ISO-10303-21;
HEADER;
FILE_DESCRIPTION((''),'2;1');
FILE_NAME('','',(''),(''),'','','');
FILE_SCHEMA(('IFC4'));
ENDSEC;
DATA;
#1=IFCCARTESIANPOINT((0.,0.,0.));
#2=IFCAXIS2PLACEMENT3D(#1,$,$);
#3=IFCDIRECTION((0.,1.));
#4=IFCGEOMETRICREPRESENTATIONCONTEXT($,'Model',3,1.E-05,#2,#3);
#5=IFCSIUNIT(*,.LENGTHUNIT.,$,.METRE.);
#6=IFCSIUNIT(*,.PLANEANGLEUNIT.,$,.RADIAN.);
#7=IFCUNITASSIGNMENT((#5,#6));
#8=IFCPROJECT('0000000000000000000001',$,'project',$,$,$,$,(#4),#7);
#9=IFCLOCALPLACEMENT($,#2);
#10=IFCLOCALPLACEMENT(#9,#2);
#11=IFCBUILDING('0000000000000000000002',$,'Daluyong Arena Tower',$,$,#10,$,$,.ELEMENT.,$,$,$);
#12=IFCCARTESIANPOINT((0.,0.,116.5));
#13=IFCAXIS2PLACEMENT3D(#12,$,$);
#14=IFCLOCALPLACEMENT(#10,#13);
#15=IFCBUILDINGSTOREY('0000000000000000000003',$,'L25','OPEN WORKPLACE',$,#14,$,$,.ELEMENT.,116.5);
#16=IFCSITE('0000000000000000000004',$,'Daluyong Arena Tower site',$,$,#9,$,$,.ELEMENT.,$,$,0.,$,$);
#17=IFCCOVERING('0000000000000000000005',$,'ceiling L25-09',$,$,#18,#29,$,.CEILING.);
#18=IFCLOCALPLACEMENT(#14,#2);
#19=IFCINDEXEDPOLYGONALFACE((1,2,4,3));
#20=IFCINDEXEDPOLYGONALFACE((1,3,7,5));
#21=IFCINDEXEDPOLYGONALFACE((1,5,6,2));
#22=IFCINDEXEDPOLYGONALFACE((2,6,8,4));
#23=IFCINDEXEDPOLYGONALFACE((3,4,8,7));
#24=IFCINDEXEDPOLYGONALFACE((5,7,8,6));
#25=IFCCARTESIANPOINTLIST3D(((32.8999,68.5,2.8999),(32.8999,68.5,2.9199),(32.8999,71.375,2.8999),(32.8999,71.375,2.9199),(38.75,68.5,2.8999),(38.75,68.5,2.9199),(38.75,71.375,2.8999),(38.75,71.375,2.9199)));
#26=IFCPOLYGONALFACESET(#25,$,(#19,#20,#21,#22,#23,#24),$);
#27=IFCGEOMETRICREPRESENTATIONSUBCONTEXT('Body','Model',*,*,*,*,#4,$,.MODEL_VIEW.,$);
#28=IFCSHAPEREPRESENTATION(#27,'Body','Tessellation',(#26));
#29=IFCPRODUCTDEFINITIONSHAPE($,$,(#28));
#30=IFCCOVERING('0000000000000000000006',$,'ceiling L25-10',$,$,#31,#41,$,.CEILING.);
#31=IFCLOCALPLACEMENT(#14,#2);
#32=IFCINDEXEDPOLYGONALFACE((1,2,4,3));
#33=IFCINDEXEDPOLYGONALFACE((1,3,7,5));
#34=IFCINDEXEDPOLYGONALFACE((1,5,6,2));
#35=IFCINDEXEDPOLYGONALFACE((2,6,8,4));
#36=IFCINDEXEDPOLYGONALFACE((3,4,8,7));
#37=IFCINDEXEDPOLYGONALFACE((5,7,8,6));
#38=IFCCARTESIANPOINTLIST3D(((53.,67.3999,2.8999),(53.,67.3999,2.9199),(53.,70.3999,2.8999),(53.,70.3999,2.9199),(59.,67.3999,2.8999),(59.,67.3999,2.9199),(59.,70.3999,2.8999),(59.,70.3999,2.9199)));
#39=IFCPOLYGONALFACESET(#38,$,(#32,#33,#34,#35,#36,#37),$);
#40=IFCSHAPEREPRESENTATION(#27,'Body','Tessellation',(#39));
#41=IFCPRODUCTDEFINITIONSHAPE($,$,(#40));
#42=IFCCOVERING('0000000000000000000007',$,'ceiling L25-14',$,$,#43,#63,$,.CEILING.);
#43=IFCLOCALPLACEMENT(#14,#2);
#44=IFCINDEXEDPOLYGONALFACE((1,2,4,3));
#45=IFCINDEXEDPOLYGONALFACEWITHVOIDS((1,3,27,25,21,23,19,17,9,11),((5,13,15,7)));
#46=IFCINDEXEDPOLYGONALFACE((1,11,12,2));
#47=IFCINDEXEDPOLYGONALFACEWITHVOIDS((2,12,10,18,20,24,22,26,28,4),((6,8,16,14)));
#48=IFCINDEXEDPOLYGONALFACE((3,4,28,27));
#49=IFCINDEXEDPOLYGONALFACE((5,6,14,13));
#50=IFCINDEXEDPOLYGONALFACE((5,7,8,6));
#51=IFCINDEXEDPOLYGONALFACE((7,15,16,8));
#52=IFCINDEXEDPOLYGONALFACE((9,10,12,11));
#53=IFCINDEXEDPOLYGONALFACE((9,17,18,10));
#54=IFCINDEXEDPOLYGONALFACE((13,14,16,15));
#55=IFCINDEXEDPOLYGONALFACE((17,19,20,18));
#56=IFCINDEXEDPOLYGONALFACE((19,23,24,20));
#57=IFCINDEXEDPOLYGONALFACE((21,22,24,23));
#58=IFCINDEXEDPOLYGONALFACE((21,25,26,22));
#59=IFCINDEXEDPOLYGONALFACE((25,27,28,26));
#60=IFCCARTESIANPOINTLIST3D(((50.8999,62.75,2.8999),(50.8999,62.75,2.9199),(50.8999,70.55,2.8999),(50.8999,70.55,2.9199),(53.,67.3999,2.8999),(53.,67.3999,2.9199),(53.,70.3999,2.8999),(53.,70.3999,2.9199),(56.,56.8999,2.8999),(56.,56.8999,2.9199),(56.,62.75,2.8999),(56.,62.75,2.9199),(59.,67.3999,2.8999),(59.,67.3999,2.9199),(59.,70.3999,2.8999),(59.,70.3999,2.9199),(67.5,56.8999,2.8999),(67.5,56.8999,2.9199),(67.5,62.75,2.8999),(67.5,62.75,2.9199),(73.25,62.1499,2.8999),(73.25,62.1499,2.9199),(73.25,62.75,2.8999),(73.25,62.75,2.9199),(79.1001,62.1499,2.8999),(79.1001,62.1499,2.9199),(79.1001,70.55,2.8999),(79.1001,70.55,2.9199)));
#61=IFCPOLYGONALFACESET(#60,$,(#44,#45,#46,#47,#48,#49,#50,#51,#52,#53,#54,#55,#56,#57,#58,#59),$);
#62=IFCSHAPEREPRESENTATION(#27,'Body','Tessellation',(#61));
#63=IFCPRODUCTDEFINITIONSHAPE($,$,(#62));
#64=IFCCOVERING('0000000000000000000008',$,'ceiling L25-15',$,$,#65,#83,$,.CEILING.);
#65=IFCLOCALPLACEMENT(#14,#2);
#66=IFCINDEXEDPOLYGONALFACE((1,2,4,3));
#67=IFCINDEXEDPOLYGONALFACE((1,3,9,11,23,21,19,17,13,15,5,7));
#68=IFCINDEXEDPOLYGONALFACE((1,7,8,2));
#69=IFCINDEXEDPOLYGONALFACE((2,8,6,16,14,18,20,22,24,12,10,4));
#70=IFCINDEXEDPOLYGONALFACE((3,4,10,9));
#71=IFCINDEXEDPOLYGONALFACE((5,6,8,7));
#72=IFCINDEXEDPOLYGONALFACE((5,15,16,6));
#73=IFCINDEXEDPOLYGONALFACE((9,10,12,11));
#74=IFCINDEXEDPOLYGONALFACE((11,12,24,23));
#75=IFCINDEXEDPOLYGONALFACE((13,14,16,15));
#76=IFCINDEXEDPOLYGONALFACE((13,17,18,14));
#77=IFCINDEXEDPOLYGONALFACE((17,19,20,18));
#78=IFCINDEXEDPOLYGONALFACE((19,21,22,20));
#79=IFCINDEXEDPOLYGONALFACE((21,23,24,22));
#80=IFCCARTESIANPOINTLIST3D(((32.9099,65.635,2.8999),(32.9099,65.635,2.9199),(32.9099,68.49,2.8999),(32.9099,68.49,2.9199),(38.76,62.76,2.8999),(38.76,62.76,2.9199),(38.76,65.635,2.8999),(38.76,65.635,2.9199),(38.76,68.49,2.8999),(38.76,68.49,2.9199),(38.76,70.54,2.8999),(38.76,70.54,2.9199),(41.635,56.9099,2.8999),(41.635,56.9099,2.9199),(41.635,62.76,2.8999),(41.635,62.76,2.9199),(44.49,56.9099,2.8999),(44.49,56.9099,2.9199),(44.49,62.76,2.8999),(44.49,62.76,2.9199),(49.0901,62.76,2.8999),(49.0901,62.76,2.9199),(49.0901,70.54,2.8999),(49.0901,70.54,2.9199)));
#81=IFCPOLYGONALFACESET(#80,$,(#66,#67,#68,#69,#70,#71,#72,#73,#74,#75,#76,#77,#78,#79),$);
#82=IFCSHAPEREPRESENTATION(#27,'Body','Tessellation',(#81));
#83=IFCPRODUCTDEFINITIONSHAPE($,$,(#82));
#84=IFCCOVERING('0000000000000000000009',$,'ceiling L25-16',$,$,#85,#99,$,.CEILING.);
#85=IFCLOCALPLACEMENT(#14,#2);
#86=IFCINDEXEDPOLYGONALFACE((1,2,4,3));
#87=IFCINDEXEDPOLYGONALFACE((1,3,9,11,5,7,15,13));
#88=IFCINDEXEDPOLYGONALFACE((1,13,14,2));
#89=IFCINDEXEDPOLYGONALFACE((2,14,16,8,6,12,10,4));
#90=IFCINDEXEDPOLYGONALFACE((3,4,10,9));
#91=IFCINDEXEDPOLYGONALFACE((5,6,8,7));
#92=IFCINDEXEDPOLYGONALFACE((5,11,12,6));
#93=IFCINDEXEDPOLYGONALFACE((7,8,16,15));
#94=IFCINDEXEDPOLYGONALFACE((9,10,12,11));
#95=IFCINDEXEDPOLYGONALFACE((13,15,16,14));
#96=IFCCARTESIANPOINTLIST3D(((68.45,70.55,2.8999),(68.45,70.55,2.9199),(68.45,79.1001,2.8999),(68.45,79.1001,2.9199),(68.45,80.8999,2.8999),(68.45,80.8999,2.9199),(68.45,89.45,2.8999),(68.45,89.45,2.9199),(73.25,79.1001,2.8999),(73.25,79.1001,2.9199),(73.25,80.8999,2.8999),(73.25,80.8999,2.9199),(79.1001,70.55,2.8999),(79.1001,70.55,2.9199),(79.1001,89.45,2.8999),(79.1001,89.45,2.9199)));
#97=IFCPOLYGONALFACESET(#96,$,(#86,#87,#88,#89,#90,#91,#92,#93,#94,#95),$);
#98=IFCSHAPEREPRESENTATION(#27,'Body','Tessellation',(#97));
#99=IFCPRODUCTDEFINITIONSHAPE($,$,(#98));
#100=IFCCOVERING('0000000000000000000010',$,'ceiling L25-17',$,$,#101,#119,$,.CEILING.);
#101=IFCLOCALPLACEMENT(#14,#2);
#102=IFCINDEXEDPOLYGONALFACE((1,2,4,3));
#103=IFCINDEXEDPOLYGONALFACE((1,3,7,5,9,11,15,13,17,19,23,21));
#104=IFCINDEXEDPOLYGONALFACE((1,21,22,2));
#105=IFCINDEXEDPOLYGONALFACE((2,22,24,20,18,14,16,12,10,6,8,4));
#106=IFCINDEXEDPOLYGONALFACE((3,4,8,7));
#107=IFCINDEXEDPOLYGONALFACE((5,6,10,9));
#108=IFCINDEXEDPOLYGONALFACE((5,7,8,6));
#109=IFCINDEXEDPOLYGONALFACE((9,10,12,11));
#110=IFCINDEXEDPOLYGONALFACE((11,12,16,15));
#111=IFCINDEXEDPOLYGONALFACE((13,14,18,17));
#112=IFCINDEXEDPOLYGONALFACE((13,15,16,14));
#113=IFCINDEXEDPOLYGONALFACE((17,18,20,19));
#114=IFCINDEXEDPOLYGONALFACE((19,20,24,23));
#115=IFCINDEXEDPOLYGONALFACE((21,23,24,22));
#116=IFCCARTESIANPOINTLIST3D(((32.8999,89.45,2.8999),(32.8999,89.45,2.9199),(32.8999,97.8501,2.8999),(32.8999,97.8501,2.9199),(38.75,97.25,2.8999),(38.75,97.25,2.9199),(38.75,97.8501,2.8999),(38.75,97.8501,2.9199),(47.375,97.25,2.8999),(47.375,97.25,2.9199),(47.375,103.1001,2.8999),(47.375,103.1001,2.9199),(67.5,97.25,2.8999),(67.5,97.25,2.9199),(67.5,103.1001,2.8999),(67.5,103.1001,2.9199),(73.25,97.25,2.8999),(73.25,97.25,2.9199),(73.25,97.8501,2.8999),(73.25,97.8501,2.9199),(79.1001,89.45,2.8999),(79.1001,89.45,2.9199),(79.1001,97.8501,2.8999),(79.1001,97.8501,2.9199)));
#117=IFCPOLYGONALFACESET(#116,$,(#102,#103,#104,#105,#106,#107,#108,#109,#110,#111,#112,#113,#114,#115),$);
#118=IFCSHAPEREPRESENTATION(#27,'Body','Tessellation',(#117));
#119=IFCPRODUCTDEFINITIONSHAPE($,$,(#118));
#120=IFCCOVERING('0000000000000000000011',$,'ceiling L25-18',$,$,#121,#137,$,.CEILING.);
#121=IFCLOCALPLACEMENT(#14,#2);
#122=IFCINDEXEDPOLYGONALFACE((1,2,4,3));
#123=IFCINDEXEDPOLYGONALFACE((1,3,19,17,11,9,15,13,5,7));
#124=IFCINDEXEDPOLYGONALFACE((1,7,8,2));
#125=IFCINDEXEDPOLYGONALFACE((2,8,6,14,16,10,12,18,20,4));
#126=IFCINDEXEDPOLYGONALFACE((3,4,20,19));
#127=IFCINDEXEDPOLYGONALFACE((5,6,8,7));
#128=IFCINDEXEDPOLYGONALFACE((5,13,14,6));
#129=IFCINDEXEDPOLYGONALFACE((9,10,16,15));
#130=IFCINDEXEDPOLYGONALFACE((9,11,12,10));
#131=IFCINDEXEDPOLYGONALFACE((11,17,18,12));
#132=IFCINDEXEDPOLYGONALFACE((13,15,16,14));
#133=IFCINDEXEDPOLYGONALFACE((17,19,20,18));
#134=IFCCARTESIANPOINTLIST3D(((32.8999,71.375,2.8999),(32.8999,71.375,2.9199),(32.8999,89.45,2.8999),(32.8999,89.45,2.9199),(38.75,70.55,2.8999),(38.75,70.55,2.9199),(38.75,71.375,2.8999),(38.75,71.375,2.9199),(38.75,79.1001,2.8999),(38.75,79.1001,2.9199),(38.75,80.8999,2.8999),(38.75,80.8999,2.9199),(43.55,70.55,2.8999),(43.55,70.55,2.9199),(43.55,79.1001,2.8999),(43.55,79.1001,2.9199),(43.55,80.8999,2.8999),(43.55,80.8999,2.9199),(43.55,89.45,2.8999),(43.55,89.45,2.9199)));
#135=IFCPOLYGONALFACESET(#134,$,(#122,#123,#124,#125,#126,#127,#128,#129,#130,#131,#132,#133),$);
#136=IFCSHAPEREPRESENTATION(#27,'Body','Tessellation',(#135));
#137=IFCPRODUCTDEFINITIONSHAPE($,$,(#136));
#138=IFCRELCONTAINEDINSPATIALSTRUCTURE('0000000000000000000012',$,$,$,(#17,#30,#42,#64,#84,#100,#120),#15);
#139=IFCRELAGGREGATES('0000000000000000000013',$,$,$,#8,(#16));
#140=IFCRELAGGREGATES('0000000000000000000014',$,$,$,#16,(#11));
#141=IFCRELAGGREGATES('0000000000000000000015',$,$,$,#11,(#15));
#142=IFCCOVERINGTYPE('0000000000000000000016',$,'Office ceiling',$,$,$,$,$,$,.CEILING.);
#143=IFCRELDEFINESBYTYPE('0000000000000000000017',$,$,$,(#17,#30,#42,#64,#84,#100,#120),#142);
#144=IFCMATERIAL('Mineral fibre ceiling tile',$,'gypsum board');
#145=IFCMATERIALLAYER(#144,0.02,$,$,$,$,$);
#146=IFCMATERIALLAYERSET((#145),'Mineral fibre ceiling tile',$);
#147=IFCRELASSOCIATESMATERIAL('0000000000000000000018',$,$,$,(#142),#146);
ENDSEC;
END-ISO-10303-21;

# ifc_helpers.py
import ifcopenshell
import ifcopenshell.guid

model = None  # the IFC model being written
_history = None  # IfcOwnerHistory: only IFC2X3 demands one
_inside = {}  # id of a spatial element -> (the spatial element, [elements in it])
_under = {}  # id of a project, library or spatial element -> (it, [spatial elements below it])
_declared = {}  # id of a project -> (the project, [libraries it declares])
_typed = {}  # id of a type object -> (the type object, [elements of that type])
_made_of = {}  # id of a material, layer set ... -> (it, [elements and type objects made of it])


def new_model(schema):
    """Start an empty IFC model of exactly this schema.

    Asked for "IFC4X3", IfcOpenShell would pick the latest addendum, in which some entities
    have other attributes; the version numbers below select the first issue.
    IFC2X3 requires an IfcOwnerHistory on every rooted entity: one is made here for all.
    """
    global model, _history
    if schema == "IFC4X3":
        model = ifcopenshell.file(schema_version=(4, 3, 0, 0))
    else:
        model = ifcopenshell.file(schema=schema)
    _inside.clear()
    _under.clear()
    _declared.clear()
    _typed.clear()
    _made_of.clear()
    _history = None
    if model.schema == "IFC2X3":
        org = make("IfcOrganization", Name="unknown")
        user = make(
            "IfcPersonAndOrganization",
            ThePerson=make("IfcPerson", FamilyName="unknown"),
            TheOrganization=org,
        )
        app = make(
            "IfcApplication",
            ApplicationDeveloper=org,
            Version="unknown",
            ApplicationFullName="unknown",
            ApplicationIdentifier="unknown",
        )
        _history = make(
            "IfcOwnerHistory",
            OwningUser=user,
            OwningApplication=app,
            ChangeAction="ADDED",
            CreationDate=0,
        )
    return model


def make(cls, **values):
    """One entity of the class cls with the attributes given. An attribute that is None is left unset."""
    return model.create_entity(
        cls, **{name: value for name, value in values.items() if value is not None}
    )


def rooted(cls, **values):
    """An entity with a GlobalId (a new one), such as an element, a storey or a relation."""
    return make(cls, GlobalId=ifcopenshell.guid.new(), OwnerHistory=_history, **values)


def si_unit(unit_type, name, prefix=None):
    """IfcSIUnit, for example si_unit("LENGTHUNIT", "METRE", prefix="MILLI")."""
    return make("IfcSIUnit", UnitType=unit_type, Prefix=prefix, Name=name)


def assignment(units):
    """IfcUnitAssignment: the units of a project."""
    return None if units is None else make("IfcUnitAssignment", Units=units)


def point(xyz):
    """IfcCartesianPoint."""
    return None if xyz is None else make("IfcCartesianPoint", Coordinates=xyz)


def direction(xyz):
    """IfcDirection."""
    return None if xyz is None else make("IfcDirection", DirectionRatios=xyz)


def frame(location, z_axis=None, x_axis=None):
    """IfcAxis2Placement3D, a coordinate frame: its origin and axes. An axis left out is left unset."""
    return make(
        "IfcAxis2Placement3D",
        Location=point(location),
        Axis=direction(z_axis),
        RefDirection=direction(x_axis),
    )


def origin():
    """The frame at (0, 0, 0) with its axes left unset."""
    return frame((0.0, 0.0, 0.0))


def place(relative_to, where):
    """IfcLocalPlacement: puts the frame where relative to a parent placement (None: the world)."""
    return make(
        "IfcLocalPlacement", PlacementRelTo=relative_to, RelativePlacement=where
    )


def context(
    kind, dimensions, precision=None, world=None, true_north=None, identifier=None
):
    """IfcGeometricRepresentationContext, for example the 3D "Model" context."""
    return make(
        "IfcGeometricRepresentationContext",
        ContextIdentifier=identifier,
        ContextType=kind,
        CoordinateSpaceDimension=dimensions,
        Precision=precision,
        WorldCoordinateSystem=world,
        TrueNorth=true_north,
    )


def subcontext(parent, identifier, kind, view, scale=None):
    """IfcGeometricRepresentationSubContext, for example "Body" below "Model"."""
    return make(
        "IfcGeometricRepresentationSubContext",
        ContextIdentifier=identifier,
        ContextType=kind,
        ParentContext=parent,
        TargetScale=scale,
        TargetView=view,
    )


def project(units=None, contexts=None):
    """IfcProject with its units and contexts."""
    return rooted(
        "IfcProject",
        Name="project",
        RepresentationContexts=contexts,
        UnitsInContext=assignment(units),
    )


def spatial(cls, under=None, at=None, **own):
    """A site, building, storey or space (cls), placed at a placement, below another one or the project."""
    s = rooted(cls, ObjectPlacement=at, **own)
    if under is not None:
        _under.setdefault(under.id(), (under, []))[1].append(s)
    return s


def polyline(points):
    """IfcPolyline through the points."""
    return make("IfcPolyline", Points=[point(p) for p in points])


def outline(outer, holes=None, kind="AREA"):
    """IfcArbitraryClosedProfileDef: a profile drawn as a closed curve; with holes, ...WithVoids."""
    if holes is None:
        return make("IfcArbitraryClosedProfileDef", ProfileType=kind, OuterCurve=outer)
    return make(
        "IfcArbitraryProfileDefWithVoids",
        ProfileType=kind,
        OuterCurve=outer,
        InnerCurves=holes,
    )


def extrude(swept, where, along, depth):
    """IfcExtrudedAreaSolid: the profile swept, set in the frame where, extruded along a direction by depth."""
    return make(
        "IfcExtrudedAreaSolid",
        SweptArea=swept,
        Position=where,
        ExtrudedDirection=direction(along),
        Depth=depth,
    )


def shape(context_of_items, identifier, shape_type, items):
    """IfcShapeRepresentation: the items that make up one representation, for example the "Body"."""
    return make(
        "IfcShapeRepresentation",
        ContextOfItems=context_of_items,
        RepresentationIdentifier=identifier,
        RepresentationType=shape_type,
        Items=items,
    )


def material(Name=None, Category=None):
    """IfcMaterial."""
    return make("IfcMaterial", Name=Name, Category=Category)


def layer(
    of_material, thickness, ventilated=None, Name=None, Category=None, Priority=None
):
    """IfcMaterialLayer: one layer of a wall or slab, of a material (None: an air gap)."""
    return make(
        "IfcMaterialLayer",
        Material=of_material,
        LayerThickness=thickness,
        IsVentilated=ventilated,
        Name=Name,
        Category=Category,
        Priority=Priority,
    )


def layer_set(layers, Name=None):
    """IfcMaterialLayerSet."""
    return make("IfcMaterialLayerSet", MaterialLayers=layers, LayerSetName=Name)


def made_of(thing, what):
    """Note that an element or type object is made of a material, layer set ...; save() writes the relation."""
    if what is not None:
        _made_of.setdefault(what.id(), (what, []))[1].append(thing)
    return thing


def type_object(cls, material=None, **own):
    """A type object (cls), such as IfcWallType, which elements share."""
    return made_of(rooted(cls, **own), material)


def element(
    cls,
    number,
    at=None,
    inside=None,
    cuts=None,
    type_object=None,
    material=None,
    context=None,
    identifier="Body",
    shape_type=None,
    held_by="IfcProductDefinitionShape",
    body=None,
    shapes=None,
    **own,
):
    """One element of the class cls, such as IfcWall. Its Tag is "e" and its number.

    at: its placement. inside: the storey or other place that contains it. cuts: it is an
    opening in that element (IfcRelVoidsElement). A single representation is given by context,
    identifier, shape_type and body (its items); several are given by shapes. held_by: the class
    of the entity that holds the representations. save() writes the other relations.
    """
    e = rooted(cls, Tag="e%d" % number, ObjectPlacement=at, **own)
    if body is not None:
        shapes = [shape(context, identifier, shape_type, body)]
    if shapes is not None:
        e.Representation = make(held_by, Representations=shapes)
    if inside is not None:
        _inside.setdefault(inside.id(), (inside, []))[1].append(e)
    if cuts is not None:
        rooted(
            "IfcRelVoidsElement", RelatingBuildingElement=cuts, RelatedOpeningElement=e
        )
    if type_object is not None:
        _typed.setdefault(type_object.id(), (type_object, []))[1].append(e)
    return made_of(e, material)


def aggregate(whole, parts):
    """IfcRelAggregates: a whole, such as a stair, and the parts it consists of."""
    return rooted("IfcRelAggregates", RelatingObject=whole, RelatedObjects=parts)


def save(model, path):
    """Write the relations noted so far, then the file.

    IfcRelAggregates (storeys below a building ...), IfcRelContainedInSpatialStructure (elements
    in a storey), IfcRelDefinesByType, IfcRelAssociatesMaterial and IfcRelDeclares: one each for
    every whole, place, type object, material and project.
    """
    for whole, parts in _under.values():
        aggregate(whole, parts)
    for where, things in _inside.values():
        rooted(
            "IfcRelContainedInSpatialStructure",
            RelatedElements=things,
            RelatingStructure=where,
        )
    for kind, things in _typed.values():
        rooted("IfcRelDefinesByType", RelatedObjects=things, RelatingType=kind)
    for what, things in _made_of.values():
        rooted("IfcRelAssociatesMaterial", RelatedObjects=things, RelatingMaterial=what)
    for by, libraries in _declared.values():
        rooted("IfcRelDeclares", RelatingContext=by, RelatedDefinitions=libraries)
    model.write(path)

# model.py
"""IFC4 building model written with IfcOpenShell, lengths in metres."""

from ifc_helpers import new_model, si_unit, direction, frame, origin, place, context, subcontext, project, spatial, polyline, outline, extrude, material, layer, layer_set, type_object, element, save


model = new_model("IFC4")

# Units and contexts
model_context = context("Model", 3, precision=1e-05, world=origin(), true_north=direction((0.0, 1.0)))
body_context = subcontext(model_context, "Body", "Model", "MODEL_VIEW")
ifc_project = project(units=[si_unit("LENGTHUNIT", "METRE"), si_unit("PLANEANGLEUNIT", "RADIAN")], contexts=[model_context])

# Site, building, storey
site_placement = place(None, origin())
site = spatial("IfcSite", under=ifc_project, at=site_placement, Name="Daluyong Arena Tower site", CompositionType="ELEMENT", RefElevation=0.0)
building_placement = place(site_placement, origin())
building = spatial("IfcBuilding", under=site, at=building_placement, Name="Daluyong Arena Tower", CompositionType="ELEMENT")
storey_placement = place(building_placement, frame((0.0, 0.0, 116.5)))
storey = spatial("IfcBuildingStorey", under=building, at=storey_placement, Name="L25", Description="OPEN WORKPLACE", CompositionType="ELEMENT", Elevation=116.5)

# Coverings
ifc_material_1 = material(Name="Mineral fibre ceiling tile", Category="gypsum board")
ifc_layer_1 = layer(ifc_material_1, 0.02)
ifc_layer_set_1 = layer_set([ifc_layer_1], Name="Mineral fibre ceiling tile")
covering_type = type_object("IfcCoveringType", Name="Office ceiling", PredefinedType="CEILING", material=ifc_layer_set_1)
covering_1_placement = place(storey_placement, frame((0.0, 0.0, 2.8999)))
element("IfcCovering", 1, at=covering_1_placement, inside=storey, type_object=covering_type, Name="ceiling L25-09", PredefinedType="CEILING", context=body_context, shape_type="SweptSolid", body=[
    extrude(outline(polyline([(38.75, 71.375), (32.8999, 71.375), (32.8999, 68.5), (38.75, 68.5), (38.75, 71.375)])), origin(), (0.0, 0.0, 1.0), 0.02),
])
covering_2_placement = place(storey_placement, frame((0.0, 0.0, 2.8999)))
element("IfcCovering", 2, at=covering_2_placement, inside=storey, type_object=covering_type, Name="ceiling L25-10", PredefinedType="CEILING", context=body_context, shape_type="SweptSolid", body=[
    extrude(outline(polyline([(53.0, 67.3999), (59.0, 67.3999), (59.0, 70.3999), (53.0, 70.3999), (53.0, 67.3999)])), origin(), (0.0, 0.0, 1.0), 0.02),
])
covering_3_placement = place(storey_placement, frame((0.0, 0.0, 2.8999)))
element("IfcCovering", 3, at=covering_3_placement, inside=storey, type_object=covering_type, Name="ceiling L25-14", PredefinedType="CEILING", context=body_context, shape_type="SweptSolid", body=[
    extrude(outline(polyline([(79.1001, 62.1499), (79.1001, 70.55), (50.8999, 70.55), (50.8999, 62.75), (56.0, 62.75), (56.0, 56.8999), (67.5, 56.8999), (67.5, 62.75), (73.25, 62.75), (73.25, 62.1499), (79.1001, 62.1499)]), holes=[polyline([(59.0, 70.3999), (59.0, 67.3999), (53.0, 67.3999), (53.0, 70.3999), (59.0, 70.3999)])]), origin(), (0.0, 0.0, 1.0), 0.02),
])
covering_4_placement = place(storey_placement, frame((0.0, 0.0, 2.8999)))
element("IfcCovering", 4, at=covering_4_placement, inside=storey, type_object=covering_type, Name="ceiling L25-15", PredefinedType="CEILING", context=body_context, shape_type="SweptSolid", body=[
    extrude(outline(polyline([(38.76, 62.76), (41.635, 62.76), (41.635, 56.9099), (44.49, 56.9099), (44.49, 62.76), (49.0901, 62.76), (49.0901, 70.54), (38.76, 70.54), (38.76, 68.49), (32.9099, 68.49), (32.9099, 65.635), (38.76, 65.635), (38.76, 62.76)])), origin(), (0.0, 0.0, 1.0), 0.02),
])
covering_5_placement = place(storey_placement, frame((0.0, 0.0, 2.8999)))
element("IfcCovering", 5, at=covering_5_placement, inside=storey, type_object=covering_type, Name="ceiling L25-16", PredefinedType="CEILING", context=body_context, shape_type="SweptSolid", body=[
    extrude(outline(polyline([(79.1001, 70.55), (79.1001, 89.45), (68.45, 89.45), (68.45, 80.8999), (73.25, 80.8999), (73.25, 79.1001), (68.45, 79.1001), (68.45, 70.55), (79.1001, 70.55)])), origin(), (0.0, 0.0, 1.0), 0.02),
])
covering_6_placement = place(storey_placement, frame((0.0, 0.0, 2.8999)))
element("IfcCovering", 6, at=covering_6_placement, inside=storey, type_object=covering_type, Name="ceiling L25-17", PredefinedType="CEILING", context=body_context, shape_type="SweptSolid", body=[
    extrude(outline(polyline([(32.8999, 97.8501), (32.8999, 89.45), (79.1001, 89.45), (79.1001, 97.8501), (73.25, 97.8501), (73.25, 97.25), (67.5, 97.25), (67.5, 103.1001), (47.375, 103.1001), (47.375, 97.25), (38.75, 97.25), (38.75, 97.8501), (32.8999, 97.8501)])), origin(), (0.0, 0.0, 1.0), 0.02),
])
covering_7_placement = place(storey_placement, frame((0.0, 0.0, 2.8999)))
element("IfcCovering", 7, at=covering_7_placement, inside=storey, type_object=covering_type, Name="ceiling L25-18", PredefinedType="CEILING", context=body_context, shape_type="SweptSolid", body=[
    extrude(outline(polyline([(32.8999, 89.45), (32.8999, 71.375), (38.75, 71.375), (38.75, 70.55), (43.55, 70.55), (43.55, 79.1001), (38.75, 79.1001), (38.75, 80.8999), (43.55, 80.8999), (43.55, 89.45), (32.8999, 89.45)])), origin(), (0.0, 0.0, 1.0), 0.02),
])

save(model, "model.ifc")
